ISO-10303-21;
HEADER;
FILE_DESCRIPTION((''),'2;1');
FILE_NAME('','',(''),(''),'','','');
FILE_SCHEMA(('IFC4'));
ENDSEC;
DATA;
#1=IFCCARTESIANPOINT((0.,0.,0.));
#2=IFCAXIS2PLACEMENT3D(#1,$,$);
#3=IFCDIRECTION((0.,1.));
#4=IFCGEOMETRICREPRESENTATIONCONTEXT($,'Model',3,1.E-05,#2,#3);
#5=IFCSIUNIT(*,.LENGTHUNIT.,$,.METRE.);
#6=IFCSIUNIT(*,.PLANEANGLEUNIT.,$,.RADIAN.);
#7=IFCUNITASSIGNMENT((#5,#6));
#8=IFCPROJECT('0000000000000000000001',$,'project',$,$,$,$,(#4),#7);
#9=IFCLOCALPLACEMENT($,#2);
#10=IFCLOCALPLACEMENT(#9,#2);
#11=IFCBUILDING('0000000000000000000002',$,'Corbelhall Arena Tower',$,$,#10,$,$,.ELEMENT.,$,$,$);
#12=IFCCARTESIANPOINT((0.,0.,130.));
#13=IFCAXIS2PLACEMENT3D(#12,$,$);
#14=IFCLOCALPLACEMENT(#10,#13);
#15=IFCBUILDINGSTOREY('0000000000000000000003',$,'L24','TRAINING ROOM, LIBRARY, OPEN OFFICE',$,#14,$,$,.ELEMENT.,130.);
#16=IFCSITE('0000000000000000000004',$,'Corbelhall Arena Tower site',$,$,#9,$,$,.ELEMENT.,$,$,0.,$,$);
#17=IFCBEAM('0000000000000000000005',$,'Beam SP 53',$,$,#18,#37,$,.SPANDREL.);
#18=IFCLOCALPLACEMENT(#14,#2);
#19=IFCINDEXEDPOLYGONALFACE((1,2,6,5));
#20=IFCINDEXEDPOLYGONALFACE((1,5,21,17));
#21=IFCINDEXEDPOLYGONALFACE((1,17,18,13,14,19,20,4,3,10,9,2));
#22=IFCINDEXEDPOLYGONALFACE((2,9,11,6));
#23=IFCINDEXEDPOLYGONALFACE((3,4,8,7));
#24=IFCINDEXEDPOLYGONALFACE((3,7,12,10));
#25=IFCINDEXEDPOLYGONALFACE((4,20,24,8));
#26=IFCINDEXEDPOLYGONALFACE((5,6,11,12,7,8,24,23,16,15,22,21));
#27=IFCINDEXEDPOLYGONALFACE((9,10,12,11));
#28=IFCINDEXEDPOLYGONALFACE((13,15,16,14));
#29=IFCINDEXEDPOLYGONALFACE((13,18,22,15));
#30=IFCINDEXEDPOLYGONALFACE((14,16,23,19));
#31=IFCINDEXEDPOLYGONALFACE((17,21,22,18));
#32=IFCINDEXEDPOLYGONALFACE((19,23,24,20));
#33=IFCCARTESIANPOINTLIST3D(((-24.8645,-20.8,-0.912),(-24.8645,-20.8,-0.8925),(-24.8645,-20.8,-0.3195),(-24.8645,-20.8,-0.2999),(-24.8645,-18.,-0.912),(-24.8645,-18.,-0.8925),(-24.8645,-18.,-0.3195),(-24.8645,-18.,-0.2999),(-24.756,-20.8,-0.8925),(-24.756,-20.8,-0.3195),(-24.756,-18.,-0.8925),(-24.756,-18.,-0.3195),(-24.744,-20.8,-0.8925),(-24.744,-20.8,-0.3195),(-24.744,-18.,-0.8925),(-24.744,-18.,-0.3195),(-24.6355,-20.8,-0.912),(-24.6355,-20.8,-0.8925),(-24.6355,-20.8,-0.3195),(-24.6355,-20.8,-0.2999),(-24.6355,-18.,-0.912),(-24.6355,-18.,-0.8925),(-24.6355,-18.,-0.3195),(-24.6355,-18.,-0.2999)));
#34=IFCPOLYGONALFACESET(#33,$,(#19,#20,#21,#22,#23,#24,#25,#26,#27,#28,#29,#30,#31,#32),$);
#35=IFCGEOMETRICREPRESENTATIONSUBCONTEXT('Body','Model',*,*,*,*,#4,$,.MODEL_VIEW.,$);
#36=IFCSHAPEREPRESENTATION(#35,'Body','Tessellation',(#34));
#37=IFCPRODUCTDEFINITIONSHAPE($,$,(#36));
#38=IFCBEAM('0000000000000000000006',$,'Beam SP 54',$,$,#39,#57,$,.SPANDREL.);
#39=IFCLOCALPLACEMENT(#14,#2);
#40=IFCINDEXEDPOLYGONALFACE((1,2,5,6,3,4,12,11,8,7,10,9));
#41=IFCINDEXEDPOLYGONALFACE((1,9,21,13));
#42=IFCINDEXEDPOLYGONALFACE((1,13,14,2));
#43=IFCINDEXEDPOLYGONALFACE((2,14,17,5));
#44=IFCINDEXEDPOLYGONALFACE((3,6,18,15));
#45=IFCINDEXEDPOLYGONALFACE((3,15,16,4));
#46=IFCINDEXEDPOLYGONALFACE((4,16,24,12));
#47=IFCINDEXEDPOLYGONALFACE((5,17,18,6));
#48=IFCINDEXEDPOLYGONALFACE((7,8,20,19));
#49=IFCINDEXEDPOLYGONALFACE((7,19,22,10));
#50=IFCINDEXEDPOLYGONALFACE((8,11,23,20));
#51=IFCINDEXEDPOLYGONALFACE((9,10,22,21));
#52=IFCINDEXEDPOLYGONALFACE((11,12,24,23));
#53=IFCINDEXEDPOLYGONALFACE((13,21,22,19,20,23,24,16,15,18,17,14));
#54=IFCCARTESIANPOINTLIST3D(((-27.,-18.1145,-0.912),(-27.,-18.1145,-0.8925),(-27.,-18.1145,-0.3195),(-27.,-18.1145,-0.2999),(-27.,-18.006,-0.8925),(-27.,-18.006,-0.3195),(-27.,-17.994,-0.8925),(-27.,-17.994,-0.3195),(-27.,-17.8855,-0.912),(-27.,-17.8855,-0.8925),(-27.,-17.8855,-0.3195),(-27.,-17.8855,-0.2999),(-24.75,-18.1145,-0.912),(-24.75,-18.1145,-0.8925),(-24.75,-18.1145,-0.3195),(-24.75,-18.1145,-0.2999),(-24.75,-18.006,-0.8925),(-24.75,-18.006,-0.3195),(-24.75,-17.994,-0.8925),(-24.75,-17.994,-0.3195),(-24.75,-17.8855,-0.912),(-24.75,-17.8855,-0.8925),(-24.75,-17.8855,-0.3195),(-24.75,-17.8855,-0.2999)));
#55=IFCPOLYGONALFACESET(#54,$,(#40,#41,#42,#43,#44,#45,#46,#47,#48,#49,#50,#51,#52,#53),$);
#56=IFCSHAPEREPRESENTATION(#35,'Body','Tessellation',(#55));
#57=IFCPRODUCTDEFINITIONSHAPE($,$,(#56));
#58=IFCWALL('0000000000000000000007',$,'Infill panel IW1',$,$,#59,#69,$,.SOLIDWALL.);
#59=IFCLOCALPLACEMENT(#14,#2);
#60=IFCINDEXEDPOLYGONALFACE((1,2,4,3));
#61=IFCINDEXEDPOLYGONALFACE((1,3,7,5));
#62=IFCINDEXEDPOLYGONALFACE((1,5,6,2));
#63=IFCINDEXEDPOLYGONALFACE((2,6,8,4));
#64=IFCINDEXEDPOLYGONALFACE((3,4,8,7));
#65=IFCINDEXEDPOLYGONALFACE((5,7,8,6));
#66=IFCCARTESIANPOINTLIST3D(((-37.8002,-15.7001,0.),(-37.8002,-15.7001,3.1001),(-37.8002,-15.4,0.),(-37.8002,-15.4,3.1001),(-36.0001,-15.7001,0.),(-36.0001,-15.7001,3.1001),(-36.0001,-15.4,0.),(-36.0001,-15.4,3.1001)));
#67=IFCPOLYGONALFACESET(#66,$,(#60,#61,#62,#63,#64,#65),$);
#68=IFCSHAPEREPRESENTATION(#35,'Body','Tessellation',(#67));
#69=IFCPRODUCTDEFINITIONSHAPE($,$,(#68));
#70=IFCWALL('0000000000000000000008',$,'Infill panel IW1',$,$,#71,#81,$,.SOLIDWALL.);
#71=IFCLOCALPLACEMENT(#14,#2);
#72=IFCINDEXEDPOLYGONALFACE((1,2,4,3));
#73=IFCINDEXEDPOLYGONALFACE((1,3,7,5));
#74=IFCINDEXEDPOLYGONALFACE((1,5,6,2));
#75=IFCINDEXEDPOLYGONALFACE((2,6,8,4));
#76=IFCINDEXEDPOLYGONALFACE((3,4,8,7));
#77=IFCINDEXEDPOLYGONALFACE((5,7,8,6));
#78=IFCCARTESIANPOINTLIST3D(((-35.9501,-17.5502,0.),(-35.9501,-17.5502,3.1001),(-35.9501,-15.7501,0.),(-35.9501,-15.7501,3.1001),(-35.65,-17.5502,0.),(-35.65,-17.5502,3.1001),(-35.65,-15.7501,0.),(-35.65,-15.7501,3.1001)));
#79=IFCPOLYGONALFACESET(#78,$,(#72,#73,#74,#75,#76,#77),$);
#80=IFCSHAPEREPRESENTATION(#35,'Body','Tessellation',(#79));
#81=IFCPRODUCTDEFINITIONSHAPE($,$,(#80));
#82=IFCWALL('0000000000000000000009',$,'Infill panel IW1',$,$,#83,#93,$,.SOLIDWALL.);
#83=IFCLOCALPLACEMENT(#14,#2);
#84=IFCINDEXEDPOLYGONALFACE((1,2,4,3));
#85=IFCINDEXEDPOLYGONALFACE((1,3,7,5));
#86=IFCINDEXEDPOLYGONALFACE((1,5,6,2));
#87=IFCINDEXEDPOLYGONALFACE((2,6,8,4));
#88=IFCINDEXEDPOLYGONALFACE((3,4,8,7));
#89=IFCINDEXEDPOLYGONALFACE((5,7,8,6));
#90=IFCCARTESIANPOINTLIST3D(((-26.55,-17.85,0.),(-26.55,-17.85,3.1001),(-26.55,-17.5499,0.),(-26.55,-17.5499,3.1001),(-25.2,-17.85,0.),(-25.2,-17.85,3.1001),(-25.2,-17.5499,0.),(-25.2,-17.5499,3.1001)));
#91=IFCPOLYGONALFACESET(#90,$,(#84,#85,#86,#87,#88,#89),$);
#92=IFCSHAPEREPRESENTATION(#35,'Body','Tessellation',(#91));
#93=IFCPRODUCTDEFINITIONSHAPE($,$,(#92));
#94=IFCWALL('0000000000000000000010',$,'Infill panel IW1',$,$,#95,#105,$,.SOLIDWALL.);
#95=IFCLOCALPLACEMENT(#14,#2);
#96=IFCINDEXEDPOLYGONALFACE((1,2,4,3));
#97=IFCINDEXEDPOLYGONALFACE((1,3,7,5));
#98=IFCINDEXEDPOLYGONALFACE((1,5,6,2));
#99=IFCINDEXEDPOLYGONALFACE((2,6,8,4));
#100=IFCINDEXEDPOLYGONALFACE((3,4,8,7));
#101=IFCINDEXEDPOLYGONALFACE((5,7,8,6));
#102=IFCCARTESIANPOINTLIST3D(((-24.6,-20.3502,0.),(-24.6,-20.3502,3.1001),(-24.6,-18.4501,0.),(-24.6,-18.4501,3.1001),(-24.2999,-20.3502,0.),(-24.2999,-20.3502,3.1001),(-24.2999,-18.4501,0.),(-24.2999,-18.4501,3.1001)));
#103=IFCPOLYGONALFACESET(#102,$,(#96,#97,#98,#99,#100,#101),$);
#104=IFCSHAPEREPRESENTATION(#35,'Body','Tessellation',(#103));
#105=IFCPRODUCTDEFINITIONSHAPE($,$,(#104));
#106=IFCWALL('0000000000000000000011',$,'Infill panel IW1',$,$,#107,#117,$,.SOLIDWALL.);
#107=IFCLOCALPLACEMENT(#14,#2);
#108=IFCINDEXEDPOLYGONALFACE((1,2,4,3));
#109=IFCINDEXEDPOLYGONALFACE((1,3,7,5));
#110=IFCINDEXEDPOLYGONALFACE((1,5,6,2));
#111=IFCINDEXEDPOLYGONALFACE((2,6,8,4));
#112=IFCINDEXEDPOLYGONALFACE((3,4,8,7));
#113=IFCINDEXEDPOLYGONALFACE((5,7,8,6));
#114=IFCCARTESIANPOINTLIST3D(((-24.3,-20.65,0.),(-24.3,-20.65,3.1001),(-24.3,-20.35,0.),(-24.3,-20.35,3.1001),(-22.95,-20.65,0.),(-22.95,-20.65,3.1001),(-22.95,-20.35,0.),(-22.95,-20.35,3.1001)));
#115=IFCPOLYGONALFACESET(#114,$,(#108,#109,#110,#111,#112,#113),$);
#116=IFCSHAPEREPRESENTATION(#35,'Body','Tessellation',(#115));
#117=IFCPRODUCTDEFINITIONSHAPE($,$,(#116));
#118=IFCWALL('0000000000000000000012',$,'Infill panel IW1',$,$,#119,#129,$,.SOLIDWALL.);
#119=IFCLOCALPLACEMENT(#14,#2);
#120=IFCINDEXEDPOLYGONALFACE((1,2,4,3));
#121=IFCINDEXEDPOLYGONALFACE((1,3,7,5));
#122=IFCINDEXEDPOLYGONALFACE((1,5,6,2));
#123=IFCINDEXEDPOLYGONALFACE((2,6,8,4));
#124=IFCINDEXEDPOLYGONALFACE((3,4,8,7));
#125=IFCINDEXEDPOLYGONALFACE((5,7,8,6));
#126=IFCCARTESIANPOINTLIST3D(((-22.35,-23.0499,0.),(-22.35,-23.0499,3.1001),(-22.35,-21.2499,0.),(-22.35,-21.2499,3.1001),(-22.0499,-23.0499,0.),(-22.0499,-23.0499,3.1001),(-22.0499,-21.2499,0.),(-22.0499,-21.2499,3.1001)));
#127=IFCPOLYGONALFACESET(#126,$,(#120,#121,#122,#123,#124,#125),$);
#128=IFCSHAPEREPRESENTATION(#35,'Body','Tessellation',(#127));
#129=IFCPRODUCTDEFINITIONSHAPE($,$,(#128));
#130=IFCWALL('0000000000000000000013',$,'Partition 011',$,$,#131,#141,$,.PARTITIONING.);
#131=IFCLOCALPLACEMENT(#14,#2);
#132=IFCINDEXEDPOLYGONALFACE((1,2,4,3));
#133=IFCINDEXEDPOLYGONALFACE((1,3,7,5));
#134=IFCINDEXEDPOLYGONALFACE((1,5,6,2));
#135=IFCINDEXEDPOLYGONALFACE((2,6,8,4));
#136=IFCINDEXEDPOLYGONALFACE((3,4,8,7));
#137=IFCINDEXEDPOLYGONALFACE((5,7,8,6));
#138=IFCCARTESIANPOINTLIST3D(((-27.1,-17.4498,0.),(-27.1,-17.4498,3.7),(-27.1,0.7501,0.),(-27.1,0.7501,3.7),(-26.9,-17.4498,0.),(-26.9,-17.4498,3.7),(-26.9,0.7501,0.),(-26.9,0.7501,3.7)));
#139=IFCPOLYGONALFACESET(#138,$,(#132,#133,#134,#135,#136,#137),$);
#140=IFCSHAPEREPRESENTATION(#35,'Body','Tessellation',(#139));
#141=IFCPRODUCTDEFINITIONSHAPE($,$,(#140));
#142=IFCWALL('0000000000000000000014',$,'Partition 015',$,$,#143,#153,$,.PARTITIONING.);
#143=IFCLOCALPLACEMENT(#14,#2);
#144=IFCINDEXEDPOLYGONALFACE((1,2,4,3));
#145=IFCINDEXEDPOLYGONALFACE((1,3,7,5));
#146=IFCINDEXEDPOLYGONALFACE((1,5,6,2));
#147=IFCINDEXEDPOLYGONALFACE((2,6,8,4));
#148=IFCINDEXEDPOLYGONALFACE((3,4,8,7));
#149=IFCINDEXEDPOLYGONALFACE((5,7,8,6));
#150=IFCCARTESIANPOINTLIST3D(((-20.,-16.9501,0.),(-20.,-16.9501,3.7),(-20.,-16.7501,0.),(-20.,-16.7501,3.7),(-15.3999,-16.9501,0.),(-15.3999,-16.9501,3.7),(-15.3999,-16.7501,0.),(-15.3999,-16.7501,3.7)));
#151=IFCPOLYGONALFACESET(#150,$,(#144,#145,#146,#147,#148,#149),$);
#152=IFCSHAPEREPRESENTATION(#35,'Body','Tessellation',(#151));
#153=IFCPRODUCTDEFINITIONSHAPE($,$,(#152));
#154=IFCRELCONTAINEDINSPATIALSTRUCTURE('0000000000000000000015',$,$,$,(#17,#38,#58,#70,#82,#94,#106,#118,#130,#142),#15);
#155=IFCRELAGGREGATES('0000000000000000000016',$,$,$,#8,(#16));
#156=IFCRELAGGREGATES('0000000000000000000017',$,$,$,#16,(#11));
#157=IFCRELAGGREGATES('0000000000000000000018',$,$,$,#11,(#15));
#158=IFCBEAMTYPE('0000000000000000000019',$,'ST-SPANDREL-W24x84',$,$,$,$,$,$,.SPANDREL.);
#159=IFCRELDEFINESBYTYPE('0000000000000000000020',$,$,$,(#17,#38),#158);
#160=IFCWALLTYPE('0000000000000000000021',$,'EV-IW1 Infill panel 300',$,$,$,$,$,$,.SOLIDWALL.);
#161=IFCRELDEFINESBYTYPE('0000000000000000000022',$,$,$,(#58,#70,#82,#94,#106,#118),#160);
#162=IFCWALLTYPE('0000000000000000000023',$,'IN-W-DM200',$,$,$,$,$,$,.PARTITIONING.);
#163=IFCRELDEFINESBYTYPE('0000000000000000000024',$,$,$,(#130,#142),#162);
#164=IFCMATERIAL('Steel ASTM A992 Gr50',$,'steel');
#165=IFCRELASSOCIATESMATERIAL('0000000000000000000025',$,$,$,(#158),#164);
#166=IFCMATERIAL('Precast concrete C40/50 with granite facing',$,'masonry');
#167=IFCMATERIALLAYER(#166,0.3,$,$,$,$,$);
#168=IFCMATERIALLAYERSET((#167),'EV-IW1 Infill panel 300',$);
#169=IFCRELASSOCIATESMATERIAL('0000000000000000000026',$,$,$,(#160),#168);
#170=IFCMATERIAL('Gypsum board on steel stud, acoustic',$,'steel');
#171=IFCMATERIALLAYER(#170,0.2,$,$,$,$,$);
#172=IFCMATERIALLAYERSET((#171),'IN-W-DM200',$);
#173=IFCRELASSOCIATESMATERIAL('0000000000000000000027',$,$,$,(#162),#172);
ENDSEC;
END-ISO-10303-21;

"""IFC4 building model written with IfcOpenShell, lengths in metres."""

from ifc_helpers import new_model, si_unit, direction, frame, frame_2d, origin, origin_2d, place, context, subcontext, project, spatial, rectangle, i_section, extrude, material, layer, layer_set, material_profile, profile_set, type_object, element, save


model = new_model("IFC4")

# Units and contexts
model_context = context("Model", 3, precision=1e-05, world=origin(), true_north=direction((0.0, 1.0)))
body_context = subcontext(model_context, "Body", "Model", "MODEL_VIEW")
ifc_project = project(units=[si_unit("LENGTHUNIT", "METRE"), si_unit("PLANEANGLEUNIT", "RADIAN")], contexts=[model_context])

# Site, building, storey
site_placement = place(None, origin())
site = spatial("IfcSite", under=ifc_project, at=site_placement, Name="Corbelhall Arena Tower site", CompositionType="ELEMENT", RefElevation=0.0)
building_placement = place(site_placement, origin())
building = spatial("IfcBuilding", under=site, at=building_placement, Name="Corbelhall Arena Tower", CompositionType="ELEMENT")
storey_placement = place(building_placement, frame((0.0, 0.0, 130.0)))
storey = spatial("IfcBuildingStorey", under=building, at=storey_placement, Name="L24", Description="TRAINING ROOM, LIBRARY, OPEN OFFICE", CompositionType="ELEMENT", Elevation=130.0)

# Beams
ifc_material_1 = material(Name="Steel ASTM A992 Gr50", Category="steel")
ifc_material_profile_1 = material_profile(ifc_material_1, i_section(OverallWidth=0.229, OverallDepth=0.6121, WebThickness=0.012, FlangeThickness=0.0195, at=origin_2d()))
ifc_profile_set_1 = profile_set([ifc_material_profile_1], Name="Steel ASTM A992 Gr50")
beam_type = type_object("IfcBeamType", Name="ST-SPANDREL-W24x84", PredefinedType="SPANDREL", material=ifc_profile_set_1)
beam_1_placement = place(storey_placement, frame((-24.75, -20.8, -0.606), z_axis=(0.0, 1.0, 0.0), x_axis=(-1.0, 0.0, 0.0)))
element("IfcBeam", 1, at=beam_1_placement, inside=storey, type_object=beam_type, Name="Beam SP 53", PredefinedType="SPANDREL", context=body_context, shape_type="SweptSolid", body=[
    extrude(i_section(OverallWidth=0.229, OverallDepth=0.6121, WebThickness=0.012, FlangeThickness=0.0195, at=origin_2d()), origin(), (0.0, 0.0, 1.0), 2.8),
])
beam_2_placement = place(storey_placement, frame((-24.75, -18.0, -0.606), z_axis=(-1.0, 0.0, 0.0), x_axis=(0.0, -1.0, 0.0)))
element("IfcBeam", 2, at=beam_2_placement, inside=storey, type_object=beam_type, Name="Beam SP 54", PredefinedType="SPANDREL", context=body_context, shape_type="SweptSolid", body=[
    extrude(i_section(OverallWidth=0.229, OverallDepth=0.6121, WebThickness=0.012, FlangeThickness=0.0195, at=origin_2d()), origin(), (0.0, 0.0, 1.0), 2.25),
])

# Walls
ifc_material_2 = material(Name="Precast concrete C40/50 with granite facing", Category="masonry")
ifc_layer_1 = layer(ifc_material_2, 0.3)
ifc_layer_set_1 = layer_set([ifc_layer_1], Name="EV-IW1 Infill panel 300")
wall_type_1 = type_object("IfcWallType", Name="EV-IW1 Infill panel 300", PredefinedType="SOLIDWALL", material=ifc_layer_set_1)
for number, where, z_axis, x_axis, name in (
    (3, (-37.8, -15.55, 0.0), (0.0, 0.0, 1.0), (1.0, 0.0, 0.0), "Infill panel IW1"),
    (4, (-35.8, -17.55, 0.0), (0.0, 0.0, 1.0), (0.0, 1.0, 0.0), "Infill panel IW1"),
):
    element("IfcWall", number, at=place(storey_placement, frame(where, z_axis=z_axis, x_axis=x_axis)), inside=storey, type_object=wall_type_1, Name=name, PredefinedType="SOLIDWALL", context=body_context, shape_type="SweptSolid", body=[
        extrude(rectangle(XDim=1.8, YDim=0.3, at=frame_2d((0.8999, 0.0))), origin(), (0.0, 0.0, 1.0), 3.1001),
    ])

# Walls
wall_1_placement = place(storey_placement, frame((-26.55, -17.7, 0.0), z_axis=(0.0, 0.0, 1.0), x_axis=(1.0, 0.0, 0.0)))
element("IfcWall", 5, at=wall_1_placement, inside=storey, type_object=wall_type_1, Name="Infill panel IW1", PredefinedType="SOLIDWALL", context=body_context, shape_type="SweptSolid", body=[
    extrude(rectangle(XDim=1.3501, YDim=0.3, at=frame_2d((0.675, 0.0))), origin(), (0.0, 0.0, 1.0), 3.1001),
])
wall_2_placement = place(storey_placement, frame((-24.45, -18.45, 0.0), z_axis=(0.0, 0.0, 1.0), x_axis=(0.0, -1.0, 0.0)))
element("IfcWall", 6, at=wall_2_placement, inside=storey, type_object=wall_type_1, Name="Infill panel IW1", PredefinedType="SOLIDWALL", context=body_context, shape_type="SweptSolid", body=[
    extrude(rectangle(XDim=1.9001, YDim=0.3, at=frame_2d((0.9502, 0.0))), origin(), (0.0, 0.0, 1.0), 3.1001),
])
wall_3_placement = place(storey_placement, frame((-24.3, -20.5, 0.0), z_axis=(0.0, 0.0, 1.0), x_axis=(1.0, 0.0, 0.0)))
element("IfcWall", 7, at=wall_3_placement, inside=storey, type_object=wall_type_1, Name="Infill panel IW1", PredefinedType="SOLIDWALL", context=body_context, shape_type="SweptSolid", body=[
    extrude(rectangle(XDim=1.3501, YDim=0.3, at=frame_2d((0.675, 0.0))), origin(), (0.0, 0.0, 1.0), 3.1001),
])
wall_4_placement = place(storey_placement, frame((-22.2, -21.25, 0.0), z_axis=(0.0, 0.0, 1.0), x_axis=(0.0, -1.0, 0.0)))
element("IfcWall", 8, at=wall_4_placement, inside=storey, type_object=wall_type_1, Name="Infill panel IW1", PredefinedType="SOLIDWALL", context=body_context, shape_type="SweptSolid", body=[
    extrude(rectangle(XDim=1.8, YDim=0.3, at=frame_2d((0.8999, 0.0))), origin(), (0.0, 0.0, 1.0), 3.1001),
])

# Walls
ifc_material_3 = material(Name="Gypsum board on steel stud, acoustic", Category="steel")
ifc_layer_2 = layer(ifc_material_3, 0.2)
ifc_layer_set_2 = layer_set([ifc_layer_2], Name="IN-W-DM200")
wall_type_2 = type_object("IfcWallType", Name="IN-W-DM200", PredefinedType="PARTITIONING", material=ifc_layer_set_2)
wall_5_placement = place(storey_placement, frame((-27.0, -17.45, 0.0), z_axis=(0.0, 0.0, 1.0), x_axis=(0.0, 1.0, 0.0)))
element("IfcWall", 9, at=wall_5_placement, inside=storey, type_object=wall_type_2, Name="Partition 011", PredefinedType="PARTITIONING", context=body_context, shape_type="SweptSolid", body=[
    extrude(rectangle(XDim=18.2, YDim=0.2, at=frame_2d((9.1001, 0.0))), origin(), (0.0, 0.0, 1.0), 3.7),
])
wall_6_placement = place(storey_placement, frame((-20.0, -16.8501, 0.0), z_axis=(0.0, 0.0, 1.0), x_axis=(1.0, 0.0, 0.0)))
element("IfcWall", 10, at=wall_6_placement, inside=storey, type_object=wall_type_2, Name="Partition 015", PredefinedType="PARTITIONING", context=body_context, shape_type="SweptSolid", body=[
    extrude(rectangle(XDim=4.6001, YDim=0.2, at=frame_2d((2.3, 0.0))), origin(), (0.0, 0.0, 1.0), 3.7),
])

save(model, "model.ifc")
